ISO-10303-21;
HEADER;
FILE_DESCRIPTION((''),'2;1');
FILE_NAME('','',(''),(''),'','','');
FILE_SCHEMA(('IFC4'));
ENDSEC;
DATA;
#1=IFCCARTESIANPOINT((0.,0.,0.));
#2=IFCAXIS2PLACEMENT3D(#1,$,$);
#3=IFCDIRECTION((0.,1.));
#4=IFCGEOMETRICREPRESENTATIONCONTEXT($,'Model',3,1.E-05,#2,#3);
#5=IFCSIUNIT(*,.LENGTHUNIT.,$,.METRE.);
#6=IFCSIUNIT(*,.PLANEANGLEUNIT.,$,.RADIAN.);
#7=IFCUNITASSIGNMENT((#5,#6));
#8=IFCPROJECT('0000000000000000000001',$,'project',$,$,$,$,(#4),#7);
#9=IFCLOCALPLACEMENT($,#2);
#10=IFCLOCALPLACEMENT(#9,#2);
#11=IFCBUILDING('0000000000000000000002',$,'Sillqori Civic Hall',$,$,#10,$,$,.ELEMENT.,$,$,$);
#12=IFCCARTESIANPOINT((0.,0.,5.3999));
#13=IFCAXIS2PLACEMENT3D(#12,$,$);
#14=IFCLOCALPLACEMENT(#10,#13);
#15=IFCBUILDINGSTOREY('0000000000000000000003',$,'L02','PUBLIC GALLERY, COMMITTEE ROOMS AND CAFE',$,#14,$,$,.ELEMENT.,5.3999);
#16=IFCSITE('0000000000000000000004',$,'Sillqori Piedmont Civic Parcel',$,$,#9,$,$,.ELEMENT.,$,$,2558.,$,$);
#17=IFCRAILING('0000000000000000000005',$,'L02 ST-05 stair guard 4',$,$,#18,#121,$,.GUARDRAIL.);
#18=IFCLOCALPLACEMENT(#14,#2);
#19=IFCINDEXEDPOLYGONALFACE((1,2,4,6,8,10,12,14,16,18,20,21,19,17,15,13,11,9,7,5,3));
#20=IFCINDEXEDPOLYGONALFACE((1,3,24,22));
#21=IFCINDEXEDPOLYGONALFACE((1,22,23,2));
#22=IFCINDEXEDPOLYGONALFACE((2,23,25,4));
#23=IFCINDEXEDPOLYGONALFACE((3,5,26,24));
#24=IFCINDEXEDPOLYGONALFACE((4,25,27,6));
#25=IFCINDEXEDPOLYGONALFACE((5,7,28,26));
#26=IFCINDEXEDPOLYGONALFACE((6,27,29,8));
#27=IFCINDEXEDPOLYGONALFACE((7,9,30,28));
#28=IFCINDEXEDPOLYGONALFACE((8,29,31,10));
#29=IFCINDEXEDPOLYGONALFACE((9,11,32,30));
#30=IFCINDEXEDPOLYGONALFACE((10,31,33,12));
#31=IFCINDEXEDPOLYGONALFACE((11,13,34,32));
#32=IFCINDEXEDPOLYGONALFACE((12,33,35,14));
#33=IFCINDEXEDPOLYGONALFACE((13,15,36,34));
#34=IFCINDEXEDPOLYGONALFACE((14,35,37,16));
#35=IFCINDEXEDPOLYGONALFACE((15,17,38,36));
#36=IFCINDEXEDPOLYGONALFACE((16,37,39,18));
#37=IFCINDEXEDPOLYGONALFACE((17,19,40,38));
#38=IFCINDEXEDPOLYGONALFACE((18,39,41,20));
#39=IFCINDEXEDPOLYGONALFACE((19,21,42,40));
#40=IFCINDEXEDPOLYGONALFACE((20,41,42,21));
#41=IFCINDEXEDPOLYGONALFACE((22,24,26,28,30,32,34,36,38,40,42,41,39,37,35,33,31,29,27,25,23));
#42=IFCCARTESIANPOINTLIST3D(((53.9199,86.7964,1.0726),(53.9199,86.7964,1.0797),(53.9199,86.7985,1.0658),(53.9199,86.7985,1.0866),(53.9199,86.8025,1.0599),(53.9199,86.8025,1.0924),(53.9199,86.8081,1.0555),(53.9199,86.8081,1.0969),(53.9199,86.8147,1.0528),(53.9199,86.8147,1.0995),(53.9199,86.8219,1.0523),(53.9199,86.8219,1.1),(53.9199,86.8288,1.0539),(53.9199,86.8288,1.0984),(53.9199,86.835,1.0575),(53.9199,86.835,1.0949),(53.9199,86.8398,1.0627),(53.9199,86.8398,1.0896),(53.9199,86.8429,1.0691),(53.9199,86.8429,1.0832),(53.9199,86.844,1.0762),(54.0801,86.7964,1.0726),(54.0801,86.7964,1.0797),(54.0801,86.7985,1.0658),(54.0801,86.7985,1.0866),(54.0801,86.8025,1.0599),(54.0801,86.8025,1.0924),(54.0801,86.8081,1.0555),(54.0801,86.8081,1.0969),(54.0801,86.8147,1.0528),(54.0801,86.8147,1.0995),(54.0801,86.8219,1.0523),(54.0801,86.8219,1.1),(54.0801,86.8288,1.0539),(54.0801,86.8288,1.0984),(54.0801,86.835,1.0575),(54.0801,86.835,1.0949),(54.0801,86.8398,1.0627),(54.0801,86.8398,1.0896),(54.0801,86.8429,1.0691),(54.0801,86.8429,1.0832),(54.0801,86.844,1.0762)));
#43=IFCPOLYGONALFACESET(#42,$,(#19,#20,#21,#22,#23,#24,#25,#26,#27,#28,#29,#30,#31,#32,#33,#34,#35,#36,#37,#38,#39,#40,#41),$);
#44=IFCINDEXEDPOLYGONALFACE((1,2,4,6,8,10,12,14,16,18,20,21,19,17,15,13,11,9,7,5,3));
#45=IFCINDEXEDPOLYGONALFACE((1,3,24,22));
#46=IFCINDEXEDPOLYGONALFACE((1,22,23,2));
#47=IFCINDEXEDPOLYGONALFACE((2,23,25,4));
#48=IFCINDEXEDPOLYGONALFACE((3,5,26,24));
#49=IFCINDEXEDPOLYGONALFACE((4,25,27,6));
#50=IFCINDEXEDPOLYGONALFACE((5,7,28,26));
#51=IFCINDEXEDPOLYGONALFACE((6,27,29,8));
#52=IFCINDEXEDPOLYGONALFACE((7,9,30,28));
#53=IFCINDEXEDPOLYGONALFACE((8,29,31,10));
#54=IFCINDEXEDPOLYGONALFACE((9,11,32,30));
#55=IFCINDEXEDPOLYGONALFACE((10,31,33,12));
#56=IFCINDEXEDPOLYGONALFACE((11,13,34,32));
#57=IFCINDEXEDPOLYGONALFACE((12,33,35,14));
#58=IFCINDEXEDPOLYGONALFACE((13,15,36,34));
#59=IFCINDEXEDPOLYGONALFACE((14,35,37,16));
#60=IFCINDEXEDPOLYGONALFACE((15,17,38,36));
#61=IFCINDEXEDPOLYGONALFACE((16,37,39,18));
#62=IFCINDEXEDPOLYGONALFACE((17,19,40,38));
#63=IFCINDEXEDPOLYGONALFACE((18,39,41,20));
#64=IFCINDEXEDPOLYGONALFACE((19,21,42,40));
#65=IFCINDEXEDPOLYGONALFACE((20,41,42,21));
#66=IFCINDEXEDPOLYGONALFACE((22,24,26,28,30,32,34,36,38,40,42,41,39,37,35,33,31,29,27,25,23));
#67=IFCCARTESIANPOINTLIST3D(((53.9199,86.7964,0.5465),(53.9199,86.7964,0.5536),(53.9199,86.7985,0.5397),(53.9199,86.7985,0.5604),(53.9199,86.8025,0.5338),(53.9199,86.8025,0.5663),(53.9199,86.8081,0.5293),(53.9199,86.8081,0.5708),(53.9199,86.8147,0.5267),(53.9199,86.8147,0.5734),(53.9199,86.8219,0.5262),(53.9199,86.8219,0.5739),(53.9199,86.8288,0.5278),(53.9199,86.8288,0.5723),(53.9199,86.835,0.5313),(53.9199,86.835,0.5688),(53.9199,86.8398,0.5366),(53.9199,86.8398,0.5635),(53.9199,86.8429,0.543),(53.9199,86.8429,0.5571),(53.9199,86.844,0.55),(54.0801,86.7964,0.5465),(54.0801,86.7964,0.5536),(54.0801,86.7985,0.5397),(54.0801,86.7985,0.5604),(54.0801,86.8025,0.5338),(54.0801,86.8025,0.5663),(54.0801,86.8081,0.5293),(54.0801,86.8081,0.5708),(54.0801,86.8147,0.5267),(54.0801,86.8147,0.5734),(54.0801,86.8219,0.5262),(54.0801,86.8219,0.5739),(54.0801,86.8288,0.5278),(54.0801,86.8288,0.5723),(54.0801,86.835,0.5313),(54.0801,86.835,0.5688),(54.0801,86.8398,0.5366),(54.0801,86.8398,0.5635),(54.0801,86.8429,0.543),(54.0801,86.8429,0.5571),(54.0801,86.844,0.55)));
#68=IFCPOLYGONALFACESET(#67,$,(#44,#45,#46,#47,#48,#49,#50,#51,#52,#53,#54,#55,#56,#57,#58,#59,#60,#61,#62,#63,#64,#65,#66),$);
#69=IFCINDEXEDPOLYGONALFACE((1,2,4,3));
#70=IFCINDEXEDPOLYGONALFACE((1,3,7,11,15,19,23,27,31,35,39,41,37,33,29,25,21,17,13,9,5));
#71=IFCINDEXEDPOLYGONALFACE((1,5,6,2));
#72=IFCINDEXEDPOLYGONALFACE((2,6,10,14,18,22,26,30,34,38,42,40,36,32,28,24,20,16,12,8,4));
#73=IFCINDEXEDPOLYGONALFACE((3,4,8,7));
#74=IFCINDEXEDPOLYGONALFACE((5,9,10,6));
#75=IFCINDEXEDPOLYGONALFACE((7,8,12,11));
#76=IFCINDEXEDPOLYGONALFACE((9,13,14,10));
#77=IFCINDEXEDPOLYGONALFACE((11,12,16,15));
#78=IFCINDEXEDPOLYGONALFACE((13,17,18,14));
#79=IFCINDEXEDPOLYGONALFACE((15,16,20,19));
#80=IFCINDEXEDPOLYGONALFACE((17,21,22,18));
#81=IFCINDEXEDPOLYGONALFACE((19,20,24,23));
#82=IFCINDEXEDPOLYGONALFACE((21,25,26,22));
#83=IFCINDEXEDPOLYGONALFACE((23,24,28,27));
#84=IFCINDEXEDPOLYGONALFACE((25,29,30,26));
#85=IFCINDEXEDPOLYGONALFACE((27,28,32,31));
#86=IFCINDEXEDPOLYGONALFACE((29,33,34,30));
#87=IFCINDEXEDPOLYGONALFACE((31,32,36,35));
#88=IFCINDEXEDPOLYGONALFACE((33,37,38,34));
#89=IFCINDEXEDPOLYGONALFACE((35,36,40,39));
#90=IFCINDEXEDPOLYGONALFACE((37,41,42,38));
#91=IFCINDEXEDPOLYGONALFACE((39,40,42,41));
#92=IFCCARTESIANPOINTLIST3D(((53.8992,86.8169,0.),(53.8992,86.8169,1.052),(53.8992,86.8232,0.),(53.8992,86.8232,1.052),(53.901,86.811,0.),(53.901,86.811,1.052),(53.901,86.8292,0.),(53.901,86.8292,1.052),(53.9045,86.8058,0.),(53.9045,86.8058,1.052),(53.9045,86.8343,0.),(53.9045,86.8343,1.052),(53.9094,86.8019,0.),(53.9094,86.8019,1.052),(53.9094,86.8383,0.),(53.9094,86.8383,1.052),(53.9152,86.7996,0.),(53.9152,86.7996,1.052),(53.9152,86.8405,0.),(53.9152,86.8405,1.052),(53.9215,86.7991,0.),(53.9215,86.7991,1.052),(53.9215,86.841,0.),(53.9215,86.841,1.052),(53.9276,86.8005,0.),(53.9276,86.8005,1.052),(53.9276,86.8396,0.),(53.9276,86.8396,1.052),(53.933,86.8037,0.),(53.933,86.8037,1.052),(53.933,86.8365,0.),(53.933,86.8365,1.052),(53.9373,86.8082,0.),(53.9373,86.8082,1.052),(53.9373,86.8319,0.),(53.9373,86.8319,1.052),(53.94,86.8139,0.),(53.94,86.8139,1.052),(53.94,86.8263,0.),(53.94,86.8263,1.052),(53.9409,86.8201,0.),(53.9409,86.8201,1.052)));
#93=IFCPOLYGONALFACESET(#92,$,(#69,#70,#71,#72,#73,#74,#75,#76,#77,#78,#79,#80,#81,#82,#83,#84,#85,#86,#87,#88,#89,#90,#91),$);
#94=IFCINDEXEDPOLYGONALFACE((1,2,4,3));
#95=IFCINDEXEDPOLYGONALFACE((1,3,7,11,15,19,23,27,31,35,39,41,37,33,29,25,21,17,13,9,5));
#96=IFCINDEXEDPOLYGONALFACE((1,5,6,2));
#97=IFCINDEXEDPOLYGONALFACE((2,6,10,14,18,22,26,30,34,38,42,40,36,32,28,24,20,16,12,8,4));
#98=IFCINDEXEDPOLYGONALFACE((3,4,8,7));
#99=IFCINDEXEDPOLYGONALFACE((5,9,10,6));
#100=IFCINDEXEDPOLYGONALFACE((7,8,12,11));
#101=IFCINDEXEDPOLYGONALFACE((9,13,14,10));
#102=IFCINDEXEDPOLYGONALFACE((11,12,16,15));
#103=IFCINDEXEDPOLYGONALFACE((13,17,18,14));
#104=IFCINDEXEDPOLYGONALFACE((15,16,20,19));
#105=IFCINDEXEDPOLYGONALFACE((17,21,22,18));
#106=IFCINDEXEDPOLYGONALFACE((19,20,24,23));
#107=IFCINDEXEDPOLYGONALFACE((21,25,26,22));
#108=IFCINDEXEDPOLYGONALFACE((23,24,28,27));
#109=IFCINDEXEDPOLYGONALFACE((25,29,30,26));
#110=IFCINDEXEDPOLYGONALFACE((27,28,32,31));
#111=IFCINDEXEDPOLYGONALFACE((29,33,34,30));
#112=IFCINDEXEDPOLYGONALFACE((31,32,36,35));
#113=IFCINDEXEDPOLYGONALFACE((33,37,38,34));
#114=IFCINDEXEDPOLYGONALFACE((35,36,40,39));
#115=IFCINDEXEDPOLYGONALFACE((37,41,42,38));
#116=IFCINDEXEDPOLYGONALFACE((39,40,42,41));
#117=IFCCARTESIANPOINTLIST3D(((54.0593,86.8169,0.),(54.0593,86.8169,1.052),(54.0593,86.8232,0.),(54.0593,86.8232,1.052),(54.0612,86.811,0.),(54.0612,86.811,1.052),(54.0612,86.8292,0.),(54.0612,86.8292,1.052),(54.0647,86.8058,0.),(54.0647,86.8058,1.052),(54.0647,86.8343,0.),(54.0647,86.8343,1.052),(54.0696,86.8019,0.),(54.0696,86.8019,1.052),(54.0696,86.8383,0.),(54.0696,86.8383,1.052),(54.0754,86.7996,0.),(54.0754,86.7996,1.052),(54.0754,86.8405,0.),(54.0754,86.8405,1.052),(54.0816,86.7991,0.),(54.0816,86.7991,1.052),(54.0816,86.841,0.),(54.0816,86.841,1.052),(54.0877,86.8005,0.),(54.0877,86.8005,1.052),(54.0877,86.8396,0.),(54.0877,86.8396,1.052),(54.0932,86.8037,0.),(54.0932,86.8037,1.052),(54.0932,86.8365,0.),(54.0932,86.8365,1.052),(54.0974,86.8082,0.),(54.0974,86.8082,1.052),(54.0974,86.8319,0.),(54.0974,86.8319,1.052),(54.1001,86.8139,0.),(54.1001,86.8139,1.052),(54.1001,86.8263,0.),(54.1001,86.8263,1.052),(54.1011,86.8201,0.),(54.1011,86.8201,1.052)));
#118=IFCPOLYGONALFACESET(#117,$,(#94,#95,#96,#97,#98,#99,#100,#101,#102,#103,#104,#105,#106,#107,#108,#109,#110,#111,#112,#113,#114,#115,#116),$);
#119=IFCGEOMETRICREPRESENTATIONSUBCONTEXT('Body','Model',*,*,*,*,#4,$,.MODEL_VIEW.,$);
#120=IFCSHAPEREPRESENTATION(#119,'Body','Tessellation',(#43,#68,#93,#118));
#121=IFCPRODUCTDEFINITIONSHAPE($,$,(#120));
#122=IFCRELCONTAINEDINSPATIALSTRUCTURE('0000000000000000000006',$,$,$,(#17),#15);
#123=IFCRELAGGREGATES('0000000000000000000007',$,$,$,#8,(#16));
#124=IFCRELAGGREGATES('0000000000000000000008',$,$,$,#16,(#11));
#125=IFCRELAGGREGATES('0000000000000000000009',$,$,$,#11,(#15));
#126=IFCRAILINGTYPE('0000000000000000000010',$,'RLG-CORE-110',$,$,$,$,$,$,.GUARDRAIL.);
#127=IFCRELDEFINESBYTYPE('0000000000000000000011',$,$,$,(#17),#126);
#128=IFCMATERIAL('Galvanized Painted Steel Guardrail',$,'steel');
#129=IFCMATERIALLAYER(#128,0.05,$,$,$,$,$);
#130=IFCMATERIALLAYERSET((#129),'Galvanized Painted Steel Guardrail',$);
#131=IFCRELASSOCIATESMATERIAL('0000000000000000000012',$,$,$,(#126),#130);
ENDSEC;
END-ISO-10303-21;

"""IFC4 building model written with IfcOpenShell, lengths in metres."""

from ifc_helpers import new_model, si_unit, direction, frame, origin, origin_2d, place, context, subcontext, project, spatial, circle, extrude, material, layer, layer_set, type_object, element, save


model = new_model("IFC4")

# Units and contexts
model_context = context("Model", 3, precision=1e-05, world=origin(), true_north=direction((0.0, 1.0)))
body_context = subcontext(model_context, "Body", "Model", "MODEL_VIEW")
ifc_project = project(units=[si_unit("LENGTHUNIT", "METRE"), si_unit("PLANEANGLEUNIT", "RADIAN")], contexts=[model_context])

# Site, building, storey
site_placement = place(None, origin())
site = spatial("IfcSite", under=ifc_project, at=site_placement, Name="Sillqori Piedmont Civic Parcel", CompositionType="ELEMENT", RefElevation=2558.0)
building_placement = place(site_placement, origin())
building = spatial("IfcBuilding", under=site, at=building_placement, Name="Sillqori Civic Hall", CompositionType="ELEMENT")
storey_placement = place(building_placement, frame((0.0, 0.0, 5.3999)))
storey = spatial("IfcBuildingStorey", under=building, at=storey_placement, Name="L02", Description="PUBLIC GALLERY, COMMITTEE ROOMS AND CAFE", CompositionType="ELEMENT", Elevation=5.3999)

# Railing
ifc_material_1 = material(Name="Galvanized Painted Steel Guardrail", Category="steel")
ifc_layer_1 = layer(ifc_material_1, 0.05)
ifc_layer_set_1 = layer_set([ifc_layer_1], Name="Galvanized Painted Steel Guardrail")
railing_type_1 = type_object("IfcRailingType", Name="RLG-CORE-110", PredefinedType="GUARDRAIL", material=ifc_layer_set_1)
railing_1_placement = place(storey_placement, frame((53.9199, 86.8201, 0.0)))
element("IfcRailing", 1, at=railing_1_placement, inside=storey, type_object=railing_type_1, Name="L02 ST-05 stair guard 4", PredefinedType="GUARDRAIL", context=body_context, shape_type="SweptSolid", body=[
    extrude(circle(Radius=0.0239, at=origin_2d()), frame((0.0, 0.0, 1.0762), z_axis=(1.0, 0.0, 0.0), x_axis=(0.0, 1.0, 0.0)), (0.0, 0.0, 1.0), 0.1602),
    extrude(circle(Radius=0.0239, at=origin_2d()), frame((0.0, 0.0, 0.55), z_axis=(1.0, 0.0, 0.0), x_axis=(0.0, 1.0, 0.0)), (0.0, 0.0, 1.0), 0.1602),
    extrude(circle(Radius=0.021, at=origin_2d()), origin(), (0.0, 0.0, 1.0), 1.052),
    extrude(circle(Radius=0.021, at=origin_2d()), frame((0.1602, 0.0, 0.0)), (0.0, 0.0, 1.0), 1.052),
])

save(model, "model.ifc")
